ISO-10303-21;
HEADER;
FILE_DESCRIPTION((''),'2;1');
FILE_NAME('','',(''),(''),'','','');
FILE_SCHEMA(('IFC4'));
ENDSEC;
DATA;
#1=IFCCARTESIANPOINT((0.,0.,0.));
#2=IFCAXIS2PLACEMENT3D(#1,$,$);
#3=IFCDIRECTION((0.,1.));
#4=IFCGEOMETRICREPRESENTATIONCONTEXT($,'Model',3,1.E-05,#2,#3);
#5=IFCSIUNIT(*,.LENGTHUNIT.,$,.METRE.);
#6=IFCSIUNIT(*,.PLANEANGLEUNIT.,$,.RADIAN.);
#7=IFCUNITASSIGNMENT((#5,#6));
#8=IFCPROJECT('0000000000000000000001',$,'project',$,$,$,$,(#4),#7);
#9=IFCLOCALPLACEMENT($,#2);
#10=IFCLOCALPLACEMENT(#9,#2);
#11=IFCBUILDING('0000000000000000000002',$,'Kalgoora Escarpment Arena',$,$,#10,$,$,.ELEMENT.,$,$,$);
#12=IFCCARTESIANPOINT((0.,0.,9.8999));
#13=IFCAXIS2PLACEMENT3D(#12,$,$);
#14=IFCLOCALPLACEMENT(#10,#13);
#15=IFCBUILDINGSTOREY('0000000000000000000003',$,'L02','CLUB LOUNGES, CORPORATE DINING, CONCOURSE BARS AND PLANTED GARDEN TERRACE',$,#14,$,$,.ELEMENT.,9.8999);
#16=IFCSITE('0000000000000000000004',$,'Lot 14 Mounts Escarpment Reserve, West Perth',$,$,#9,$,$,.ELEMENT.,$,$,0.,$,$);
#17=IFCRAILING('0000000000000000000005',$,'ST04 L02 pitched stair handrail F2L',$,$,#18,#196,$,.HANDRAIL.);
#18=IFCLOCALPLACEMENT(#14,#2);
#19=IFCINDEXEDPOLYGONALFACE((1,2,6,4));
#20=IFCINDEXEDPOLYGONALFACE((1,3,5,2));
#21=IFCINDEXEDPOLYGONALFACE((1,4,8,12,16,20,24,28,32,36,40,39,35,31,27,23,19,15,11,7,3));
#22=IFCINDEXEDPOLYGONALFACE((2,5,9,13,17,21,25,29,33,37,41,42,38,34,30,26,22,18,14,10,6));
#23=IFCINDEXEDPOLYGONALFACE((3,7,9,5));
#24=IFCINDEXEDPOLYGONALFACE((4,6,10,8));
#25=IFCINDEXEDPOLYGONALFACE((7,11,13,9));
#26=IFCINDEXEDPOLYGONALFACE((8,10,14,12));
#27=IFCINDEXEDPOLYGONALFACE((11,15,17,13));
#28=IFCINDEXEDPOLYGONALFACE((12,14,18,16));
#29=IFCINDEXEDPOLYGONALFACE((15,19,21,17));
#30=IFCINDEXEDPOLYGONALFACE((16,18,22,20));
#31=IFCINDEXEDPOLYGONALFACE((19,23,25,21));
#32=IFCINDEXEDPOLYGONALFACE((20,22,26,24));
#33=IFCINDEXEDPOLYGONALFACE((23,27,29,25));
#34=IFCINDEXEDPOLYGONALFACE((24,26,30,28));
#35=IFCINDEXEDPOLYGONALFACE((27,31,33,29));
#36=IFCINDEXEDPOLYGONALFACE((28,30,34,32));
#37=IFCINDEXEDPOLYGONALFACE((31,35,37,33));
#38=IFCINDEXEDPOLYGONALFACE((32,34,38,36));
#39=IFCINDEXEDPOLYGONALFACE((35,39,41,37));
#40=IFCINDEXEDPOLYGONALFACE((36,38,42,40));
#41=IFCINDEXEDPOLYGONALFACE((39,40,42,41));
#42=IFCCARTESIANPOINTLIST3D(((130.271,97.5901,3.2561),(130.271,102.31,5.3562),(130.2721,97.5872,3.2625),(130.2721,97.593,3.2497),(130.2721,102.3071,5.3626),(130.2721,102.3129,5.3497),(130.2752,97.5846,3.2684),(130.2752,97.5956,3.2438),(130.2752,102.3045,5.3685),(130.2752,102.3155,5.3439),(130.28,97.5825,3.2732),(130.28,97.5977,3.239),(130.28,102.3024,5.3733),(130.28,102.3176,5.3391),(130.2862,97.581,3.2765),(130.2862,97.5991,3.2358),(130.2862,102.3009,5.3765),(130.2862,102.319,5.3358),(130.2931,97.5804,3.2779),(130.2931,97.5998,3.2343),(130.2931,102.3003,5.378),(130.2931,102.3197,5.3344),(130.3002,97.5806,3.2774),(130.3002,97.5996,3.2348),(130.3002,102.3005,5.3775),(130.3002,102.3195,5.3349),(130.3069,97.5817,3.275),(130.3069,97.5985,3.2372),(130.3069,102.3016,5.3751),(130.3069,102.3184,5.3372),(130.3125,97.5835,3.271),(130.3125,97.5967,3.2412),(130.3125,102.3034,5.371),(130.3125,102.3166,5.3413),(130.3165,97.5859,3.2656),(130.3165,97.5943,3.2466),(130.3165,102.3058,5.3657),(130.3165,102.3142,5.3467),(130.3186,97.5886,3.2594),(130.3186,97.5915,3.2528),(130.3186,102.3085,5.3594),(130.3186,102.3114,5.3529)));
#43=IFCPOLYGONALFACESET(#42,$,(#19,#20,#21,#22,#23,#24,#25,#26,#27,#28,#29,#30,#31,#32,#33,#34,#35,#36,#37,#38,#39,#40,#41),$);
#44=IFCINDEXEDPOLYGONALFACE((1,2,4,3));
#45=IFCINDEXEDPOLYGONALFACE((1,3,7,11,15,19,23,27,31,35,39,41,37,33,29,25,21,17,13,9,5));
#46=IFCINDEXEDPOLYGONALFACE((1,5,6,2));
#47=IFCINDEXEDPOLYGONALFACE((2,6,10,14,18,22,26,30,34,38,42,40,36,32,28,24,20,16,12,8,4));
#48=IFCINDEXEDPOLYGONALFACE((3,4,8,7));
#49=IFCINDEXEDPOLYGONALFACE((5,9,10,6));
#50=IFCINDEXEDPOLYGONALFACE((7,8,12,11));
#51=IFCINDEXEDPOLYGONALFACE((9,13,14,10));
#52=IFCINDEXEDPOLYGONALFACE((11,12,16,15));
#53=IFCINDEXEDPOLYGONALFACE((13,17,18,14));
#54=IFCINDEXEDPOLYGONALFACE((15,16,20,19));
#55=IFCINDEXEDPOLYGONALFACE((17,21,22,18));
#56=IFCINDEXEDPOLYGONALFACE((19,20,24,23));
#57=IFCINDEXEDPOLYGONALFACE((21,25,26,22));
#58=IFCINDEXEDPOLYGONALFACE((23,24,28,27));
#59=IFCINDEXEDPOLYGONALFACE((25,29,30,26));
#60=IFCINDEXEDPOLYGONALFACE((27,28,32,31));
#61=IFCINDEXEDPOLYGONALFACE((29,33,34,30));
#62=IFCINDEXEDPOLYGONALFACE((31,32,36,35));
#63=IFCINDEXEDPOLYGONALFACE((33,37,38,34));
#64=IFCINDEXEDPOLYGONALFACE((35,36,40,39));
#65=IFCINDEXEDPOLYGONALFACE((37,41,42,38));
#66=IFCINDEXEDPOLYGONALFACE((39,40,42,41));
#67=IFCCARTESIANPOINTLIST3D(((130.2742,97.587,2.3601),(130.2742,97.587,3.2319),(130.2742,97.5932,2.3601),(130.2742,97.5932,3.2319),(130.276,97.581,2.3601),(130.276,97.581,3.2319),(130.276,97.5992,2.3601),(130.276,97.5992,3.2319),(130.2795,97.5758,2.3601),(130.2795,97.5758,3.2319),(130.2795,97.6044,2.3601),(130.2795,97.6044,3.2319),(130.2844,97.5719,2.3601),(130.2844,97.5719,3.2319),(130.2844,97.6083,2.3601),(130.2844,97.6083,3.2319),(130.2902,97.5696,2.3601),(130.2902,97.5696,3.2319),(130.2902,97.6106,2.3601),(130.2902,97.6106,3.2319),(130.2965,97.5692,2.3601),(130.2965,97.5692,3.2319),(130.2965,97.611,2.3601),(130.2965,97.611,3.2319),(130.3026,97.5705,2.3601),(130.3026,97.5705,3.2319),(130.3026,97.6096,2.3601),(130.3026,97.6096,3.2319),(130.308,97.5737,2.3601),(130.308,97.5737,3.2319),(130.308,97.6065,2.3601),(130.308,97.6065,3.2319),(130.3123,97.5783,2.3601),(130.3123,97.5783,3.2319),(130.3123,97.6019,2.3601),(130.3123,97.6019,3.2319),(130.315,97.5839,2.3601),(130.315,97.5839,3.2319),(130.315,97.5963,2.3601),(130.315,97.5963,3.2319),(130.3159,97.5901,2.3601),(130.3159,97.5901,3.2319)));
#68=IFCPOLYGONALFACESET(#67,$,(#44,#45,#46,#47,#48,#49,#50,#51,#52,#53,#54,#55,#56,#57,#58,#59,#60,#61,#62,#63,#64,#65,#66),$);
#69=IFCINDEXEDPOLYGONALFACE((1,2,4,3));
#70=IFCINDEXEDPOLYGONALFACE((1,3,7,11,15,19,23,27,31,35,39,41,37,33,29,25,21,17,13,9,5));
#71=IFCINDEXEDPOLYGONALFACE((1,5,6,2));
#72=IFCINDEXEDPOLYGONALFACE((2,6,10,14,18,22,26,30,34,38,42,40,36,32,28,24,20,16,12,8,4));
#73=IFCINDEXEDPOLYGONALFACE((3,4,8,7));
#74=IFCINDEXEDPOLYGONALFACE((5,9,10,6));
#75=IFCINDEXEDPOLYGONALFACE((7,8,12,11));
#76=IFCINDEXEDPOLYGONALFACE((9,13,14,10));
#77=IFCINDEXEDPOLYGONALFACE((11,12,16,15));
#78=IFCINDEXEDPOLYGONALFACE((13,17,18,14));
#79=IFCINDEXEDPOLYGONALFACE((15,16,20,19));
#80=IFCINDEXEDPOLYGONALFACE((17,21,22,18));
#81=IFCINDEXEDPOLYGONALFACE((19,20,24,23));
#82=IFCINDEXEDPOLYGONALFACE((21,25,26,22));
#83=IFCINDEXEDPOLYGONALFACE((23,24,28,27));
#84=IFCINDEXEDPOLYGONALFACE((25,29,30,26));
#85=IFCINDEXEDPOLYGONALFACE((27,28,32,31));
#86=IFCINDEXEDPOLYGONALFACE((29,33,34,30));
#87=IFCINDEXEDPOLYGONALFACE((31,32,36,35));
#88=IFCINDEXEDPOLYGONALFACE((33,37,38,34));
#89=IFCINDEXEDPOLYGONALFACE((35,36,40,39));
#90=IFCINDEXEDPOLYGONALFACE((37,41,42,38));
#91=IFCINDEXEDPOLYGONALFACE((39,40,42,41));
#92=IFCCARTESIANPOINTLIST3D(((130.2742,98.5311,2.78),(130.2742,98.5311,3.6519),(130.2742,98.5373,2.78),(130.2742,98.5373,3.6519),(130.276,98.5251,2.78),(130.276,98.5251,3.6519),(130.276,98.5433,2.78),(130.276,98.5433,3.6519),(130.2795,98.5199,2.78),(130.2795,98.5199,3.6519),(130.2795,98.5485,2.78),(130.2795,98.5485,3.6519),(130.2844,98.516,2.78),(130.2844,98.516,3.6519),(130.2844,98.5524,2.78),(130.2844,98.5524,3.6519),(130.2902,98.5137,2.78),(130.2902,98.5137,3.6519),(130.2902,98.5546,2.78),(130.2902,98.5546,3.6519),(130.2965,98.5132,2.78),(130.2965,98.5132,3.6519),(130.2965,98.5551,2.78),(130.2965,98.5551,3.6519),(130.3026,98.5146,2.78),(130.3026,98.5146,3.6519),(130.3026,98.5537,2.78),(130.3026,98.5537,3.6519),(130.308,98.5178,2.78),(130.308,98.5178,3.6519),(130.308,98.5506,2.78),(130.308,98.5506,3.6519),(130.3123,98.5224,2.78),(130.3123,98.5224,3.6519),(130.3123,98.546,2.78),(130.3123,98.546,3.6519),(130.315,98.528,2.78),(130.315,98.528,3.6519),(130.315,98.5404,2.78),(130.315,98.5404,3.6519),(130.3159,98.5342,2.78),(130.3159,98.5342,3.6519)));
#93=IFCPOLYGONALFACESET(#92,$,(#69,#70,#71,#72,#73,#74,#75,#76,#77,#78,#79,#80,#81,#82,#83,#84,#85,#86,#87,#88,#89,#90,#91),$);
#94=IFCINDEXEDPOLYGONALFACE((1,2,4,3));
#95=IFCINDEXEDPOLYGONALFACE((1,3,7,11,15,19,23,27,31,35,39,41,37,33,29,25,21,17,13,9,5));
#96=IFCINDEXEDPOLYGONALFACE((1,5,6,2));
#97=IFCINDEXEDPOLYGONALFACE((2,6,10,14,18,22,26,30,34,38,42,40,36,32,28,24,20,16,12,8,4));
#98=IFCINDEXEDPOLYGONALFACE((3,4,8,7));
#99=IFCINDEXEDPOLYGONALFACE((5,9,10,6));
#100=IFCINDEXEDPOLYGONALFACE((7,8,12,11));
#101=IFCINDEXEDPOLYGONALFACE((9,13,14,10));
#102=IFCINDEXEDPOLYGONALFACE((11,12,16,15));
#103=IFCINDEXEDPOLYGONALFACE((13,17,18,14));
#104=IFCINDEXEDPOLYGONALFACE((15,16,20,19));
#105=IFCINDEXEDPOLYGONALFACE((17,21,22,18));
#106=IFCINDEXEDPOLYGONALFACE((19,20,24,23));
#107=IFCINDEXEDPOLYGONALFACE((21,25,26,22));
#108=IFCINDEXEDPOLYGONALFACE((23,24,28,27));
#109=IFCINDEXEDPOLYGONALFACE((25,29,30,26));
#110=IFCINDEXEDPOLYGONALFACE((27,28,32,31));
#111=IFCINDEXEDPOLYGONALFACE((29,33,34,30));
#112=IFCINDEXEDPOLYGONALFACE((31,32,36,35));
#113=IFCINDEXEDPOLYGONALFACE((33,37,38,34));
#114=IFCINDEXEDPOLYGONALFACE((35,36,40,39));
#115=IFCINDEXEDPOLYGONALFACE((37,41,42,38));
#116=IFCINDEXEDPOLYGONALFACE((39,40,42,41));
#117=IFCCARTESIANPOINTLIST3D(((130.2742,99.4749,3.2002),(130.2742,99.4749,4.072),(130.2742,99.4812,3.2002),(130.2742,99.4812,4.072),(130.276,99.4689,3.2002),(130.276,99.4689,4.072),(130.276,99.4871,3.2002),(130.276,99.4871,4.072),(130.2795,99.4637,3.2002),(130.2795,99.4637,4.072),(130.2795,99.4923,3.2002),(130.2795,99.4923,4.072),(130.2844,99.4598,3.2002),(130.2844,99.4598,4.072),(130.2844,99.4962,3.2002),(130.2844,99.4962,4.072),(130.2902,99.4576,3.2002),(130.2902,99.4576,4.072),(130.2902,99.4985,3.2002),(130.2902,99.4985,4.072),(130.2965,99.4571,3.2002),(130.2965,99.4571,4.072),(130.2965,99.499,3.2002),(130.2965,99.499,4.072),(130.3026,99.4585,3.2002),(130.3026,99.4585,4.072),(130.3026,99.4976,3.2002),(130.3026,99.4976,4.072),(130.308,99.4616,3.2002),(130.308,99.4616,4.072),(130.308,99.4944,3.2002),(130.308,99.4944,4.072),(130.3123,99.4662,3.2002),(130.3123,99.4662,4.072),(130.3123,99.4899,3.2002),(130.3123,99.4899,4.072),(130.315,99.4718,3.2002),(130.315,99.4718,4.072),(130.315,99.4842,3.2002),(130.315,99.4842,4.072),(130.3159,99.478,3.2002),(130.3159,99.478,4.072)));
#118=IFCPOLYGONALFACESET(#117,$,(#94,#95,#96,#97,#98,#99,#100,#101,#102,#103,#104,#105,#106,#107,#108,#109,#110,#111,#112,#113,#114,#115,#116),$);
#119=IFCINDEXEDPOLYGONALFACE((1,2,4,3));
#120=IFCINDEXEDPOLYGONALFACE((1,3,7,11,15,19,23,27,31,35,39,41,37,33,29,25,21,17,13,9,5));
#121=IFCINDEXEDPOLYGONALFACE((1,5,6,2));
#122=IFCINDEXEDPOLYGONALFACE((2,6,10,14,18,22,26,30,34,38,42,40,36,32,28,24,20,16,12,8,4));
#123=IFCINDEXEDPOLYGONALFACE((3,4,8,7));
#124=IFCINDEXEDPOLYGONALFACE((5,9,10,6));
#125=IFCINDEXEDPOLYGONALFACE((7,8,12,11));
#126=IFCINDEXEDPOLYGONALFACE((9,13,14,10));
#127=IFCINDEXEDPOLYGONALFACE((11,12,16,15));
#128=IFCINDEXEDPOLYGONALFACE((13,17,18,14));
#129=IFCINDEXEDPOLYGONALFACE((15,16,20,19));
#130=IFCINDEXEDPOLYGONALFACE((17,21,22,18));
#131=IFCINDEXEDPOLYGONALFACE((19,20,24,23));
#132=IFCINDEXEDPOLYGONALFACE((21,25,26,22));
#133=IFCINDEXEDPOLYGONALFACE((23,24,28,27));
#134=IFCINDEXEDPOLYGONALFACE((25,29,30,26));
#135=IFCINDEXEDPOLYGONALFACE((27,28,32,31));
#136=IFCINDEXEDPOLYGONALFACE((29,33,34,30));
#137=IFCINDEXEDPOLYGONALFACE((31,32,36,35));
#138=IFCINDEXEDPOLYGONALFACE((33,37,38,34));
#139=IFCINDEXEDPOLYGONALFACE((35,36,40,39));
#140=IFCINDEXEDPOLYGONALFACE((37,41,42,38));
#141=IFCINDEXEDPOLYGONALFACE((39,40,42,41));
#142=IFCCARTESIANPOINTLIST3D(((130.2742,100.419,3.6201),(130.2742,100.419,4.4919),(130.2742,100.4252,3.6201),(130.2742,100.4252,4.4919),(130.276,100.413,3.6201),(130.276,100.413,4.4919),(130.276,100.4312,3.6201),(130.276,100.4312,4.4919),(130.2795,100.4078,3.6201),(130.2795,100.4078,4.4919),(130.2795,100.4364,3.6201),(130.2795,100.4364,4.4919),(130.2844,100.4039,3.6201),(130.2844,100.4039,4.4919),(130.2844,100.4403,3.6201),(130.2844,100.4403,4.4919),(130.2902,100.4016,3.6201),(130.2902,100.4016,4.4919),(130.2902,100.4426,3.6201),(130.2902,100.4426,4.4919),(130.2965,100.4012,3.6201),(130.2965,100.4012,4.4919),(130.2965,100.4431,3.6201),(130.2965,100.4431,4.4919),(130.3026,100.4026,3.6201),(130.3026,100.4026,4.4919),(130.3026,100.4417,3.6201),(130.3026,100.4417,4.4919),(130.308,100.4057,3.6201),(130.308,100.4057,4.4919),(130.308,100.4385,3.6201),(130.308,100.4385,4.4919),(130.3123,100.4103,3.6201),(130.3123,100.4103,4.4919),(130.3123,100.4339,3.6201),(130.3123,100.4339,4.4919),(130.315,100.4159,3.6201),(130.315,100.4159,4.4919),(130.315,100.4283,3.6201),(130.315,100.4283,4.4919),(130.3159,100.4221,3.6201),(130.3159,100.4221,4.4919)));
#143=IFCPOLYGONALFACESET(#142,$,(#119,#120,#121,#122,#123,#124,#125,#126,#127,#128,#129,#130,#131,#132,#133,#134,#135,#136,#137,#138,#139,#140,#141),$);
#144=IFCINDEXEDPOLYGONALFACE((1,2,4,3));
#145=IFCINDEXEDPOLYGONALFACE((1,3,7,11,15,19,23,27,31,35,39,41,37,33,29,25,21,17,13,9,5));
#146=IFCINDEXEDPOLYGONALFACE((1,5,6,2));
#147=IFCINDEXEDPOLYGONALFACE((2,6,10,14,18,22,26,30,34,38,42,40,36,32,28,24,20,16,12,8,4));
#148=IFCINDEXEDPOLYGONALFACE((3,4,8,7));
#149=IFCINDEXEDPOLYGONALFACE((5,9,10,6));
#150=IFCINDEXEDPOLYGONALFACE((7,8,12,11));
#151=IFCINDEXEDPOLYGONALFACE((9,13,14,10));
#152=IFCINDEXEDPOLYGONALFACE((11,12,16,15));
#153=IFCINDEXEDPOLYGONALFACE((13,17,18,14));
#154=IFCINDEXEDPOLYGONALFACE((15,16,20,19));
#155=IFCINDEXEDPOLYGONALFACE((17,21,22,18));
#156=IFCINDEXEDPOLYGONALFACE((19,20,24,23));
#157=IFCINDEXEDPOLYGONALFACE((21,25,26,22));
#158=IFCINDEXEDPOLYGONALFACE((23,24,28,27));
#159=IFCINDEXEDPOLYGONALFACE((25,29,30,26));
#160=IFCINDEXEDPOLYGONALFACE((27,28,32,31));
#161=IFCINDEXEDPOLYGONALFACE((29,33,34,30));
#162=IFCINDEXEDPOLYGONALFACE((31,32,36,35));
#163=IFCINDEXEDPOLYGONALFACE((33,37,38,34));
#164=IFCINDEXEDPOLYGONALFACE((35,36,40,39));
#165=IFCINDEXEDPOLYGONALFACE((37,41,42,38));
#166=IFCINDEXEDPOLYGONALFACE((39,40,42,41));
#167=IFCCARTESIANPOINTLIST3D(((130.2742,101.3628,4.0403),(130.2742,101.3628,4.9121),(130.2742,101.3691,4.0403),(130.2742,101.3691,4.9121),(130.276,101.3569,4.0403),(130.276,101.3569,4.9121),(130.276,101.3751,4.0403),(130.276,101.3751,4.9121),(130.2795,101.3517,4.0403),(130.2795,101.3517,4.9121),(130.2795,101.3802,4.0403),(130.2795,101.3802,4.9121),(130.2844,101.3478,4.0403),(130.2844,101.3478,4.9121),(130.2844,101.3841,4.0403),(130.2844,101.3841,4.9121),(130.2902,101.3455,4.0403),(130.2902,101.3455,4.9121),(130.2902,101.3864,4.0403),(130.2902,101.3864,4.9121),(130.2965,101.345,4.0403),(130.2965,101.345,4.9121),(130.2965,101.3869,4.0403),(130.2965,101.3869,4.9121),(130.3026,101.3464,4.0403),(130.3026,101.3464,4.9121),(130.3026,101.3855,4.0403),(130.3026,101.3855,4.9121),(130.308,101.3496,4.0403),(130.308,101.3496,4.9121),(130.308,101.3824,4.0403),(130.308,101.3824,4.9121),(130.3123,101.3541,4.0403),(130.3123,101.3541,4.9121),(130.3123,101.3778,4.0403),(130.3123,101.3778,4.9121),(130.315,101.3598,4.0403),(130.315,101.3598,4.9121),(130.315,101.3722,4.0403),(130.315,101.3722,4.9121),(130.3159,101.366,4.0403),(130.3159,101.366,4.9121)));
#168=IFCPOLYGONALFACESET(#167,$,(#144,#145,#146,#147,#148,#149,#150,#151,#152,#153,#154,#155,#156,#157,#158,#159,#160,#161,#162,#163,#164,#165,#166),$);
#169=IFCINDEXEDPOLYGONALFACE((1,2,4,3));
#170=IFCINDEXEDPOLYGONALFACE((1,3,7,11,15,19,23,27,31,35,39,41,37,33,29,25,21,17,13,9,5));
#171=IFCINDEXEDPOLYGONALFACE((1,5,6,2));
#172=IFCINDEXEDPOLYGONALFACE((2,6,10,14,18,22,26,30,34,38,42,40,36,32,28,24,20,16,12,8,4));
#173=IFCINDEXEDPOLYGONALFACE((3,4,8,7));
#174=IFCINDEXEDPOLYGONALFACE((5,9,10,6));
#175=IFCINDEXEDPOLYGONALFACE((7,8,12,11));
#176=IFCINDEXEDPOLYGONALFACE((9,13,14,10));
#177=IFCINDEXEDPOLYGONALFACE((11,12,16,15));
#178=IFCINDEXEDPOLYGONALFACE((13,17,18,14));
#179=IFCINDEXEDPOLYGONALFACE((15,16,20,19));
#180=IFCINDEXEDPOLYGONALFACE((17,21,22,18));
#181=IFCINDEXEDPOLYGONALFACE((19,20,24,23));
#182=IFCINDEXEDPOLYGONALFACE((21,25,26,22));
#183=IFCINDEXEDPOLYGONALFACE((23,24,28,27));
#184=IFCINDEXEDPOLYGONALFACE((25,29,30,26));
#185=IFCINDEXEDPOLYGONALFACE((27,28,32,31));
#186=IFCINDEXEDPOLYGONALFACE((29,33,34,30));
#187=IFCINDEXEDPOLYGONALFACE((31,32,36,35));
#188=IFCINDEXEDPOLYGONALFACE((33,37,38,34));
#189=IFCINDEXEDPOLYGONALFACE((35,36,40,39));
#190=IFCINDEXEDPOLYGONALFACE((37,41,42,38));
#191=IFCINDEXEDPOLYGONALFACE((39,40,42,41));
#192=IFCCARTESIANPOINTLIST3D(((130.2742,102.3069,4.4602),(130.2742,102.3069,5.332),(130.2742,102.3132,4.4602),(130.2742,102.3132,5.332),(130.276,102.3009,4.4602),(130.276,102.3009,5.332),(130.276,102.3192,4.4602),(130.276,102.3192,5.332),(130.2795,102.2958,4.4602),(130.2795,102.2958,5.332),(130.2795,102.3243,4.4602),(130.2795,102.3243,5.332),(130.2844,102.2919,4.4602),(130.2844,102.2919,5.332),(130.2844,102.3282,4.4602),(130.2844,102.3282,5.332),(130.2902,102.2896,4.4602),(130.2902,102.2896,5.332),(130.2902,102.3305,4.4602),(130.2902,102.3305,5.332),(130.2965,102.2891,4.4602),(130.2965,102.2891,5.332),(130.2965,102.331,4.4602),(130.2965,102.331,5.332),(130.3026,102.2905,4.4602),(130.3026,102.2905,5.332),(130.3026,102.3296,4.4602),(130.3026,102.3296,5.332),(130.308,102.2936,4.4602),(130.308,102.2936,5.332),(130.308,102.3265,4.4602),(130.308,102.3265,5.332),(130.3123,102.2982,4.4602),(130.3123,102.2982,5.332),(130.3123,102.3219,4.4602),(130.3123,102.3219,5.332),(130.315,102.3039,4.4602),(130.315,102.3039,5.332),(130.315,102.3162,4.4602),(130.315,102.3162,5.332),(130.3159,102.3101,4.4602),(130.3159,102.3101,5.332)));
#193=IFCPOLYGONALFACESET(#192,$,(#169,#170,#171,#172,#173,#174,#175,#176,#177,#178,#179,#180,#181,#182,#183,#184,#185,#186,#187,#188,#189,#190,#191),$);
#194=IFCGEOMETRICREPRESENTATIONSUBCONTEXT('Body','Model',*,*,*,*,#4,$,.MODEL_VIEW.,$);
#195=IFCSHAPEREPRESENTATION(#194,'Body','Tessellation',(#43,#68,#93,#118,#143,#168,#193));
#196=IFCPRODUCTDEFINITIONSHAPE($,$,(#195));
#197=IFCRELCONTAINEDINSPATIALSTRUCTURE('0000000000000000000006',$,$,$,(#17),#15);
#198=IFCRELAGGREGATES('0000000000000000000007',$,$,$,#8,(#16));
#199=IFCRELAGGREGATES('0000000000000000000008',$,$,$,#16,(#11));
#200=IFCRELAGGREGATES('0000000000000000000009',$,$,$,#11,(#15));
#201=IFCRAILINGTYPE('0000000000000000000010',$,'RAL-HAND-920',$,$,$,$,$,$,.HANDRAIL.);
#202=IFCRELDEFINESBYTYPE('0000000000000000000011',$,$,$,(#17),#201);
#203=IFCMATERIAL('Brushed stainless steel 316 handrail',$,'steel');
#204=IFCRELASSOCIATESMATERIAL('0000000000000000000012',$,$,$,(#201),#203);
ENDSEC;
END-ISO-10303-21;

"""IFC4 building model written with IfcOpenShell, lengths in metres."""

from ifc_helpers import new_model, si_unit, direction, frame, origin, origin_2d, place, context, subcontext, project, spatial, circle, extrude, material, type_object, element, save


model = new_model("IFC4")

# Units and contexts
model_context = context("Model", 3, precision=1e-05, world=origin(), true_north=direction((0.0, 1.0)))
body_context = subcontext(model_context, "Body", "Model", "MODEL_VIEW")
ifc_project = project(units=[si_unit("LENGTHUNIT", "METRE"), si_unit("PLANEANGLEUNIT", "RADIAN")], contexts=[model_context])

# Site, building, storey
site_placement = place(None, origin())
site = spatial("IfcSite", under=ifc_project, at=site_placement, Name="Lot 14 Mounts Escarpment Reserve, West Perth", CompositionType="ELEMENT", RefElevation=0.0)
building_placement = place(site_placement, origin())
building = spatial("IfcBuilding", under=site, at=building_placement, Name="Kalgoora Escarpment Arena", CompositionType="ELEMENT")
storey_placement = place(building_placement, frame((0.0, 0.0, 9.8999)))
storey = spatial("IfcBuildingStorey", under=building, at=storey_placement, Name="L02", Description="CLUB LOUNGES, CORPORATE DINING, CONCOURSE BARS AND PLANTED GARDEN TERRACE", CompositionType="ELEMENT", Elevation=9.8999)

# Railing
ifc_material_1 = material(Name="Brushed stainless steel 316 handrail", Category="steel")
railing_type_1 = type_object("IfcRailingType", Name="RAL-HAND-920", PredefinedType="HANDRAIL", material=ifc_material_1)
for number, where, name in (
    (1, (130.2949, 97.5901, 2.3601), "ST04 L02 pitched stair handrail F2L"),
):
    element("IfcRailing", number, at=place(storey_placement, frame(where)), inside=storey, type_object=railing_type_1, Name=name, PredefinedType="HANDRAIL", context=body_context, shape_type="SweptSolid", body=[
        extrude(circle(Radius=0.0239, at=origin_2d()), frame((0.0, 0.0, 0.896), z_axis=(0.0, 0.913644, 0.406516), x_axis=(-1.0, 0.0, 0.0)), (0.0, 0.0, 1.0), 5.166),
        extrude(circle(Radius=0.021, at=origin_2d()), origin(), (0.0, 0.0, 1.0), 0.8718),
        extrude(circle(Radius=0.021, at=origin_2d()), frame((0.0, 0.9441, 0.4199)), (0.0, 0.0, 1.0), 0.8718),
        extrude(circle(Radius=0.021, at=origin_2d()), frame((0.0, 1.8879, 0.8401)), (0.0, 0.0, 1.0), 0.8718),
        extrude(circle(Radius=0.021, at=origin_2d()), frame((0.0, 2.832, 1.26)), (0.0, 0.0, 1.0), 0.8718),
        extrude(circle(Radius=0.021, at=origin_2d()), frame((0.0, 3.7759, 1.6802)), (0.0, 0.0, 1.0), 0.8718),
        extrude(circle(Radius=0.021, at=origin_2d()), frame((0.0, 4.72, 2.1001)), (0.0, 0.0, 1.0), 0.8718),
    ])

save(model, "model.ifc")
